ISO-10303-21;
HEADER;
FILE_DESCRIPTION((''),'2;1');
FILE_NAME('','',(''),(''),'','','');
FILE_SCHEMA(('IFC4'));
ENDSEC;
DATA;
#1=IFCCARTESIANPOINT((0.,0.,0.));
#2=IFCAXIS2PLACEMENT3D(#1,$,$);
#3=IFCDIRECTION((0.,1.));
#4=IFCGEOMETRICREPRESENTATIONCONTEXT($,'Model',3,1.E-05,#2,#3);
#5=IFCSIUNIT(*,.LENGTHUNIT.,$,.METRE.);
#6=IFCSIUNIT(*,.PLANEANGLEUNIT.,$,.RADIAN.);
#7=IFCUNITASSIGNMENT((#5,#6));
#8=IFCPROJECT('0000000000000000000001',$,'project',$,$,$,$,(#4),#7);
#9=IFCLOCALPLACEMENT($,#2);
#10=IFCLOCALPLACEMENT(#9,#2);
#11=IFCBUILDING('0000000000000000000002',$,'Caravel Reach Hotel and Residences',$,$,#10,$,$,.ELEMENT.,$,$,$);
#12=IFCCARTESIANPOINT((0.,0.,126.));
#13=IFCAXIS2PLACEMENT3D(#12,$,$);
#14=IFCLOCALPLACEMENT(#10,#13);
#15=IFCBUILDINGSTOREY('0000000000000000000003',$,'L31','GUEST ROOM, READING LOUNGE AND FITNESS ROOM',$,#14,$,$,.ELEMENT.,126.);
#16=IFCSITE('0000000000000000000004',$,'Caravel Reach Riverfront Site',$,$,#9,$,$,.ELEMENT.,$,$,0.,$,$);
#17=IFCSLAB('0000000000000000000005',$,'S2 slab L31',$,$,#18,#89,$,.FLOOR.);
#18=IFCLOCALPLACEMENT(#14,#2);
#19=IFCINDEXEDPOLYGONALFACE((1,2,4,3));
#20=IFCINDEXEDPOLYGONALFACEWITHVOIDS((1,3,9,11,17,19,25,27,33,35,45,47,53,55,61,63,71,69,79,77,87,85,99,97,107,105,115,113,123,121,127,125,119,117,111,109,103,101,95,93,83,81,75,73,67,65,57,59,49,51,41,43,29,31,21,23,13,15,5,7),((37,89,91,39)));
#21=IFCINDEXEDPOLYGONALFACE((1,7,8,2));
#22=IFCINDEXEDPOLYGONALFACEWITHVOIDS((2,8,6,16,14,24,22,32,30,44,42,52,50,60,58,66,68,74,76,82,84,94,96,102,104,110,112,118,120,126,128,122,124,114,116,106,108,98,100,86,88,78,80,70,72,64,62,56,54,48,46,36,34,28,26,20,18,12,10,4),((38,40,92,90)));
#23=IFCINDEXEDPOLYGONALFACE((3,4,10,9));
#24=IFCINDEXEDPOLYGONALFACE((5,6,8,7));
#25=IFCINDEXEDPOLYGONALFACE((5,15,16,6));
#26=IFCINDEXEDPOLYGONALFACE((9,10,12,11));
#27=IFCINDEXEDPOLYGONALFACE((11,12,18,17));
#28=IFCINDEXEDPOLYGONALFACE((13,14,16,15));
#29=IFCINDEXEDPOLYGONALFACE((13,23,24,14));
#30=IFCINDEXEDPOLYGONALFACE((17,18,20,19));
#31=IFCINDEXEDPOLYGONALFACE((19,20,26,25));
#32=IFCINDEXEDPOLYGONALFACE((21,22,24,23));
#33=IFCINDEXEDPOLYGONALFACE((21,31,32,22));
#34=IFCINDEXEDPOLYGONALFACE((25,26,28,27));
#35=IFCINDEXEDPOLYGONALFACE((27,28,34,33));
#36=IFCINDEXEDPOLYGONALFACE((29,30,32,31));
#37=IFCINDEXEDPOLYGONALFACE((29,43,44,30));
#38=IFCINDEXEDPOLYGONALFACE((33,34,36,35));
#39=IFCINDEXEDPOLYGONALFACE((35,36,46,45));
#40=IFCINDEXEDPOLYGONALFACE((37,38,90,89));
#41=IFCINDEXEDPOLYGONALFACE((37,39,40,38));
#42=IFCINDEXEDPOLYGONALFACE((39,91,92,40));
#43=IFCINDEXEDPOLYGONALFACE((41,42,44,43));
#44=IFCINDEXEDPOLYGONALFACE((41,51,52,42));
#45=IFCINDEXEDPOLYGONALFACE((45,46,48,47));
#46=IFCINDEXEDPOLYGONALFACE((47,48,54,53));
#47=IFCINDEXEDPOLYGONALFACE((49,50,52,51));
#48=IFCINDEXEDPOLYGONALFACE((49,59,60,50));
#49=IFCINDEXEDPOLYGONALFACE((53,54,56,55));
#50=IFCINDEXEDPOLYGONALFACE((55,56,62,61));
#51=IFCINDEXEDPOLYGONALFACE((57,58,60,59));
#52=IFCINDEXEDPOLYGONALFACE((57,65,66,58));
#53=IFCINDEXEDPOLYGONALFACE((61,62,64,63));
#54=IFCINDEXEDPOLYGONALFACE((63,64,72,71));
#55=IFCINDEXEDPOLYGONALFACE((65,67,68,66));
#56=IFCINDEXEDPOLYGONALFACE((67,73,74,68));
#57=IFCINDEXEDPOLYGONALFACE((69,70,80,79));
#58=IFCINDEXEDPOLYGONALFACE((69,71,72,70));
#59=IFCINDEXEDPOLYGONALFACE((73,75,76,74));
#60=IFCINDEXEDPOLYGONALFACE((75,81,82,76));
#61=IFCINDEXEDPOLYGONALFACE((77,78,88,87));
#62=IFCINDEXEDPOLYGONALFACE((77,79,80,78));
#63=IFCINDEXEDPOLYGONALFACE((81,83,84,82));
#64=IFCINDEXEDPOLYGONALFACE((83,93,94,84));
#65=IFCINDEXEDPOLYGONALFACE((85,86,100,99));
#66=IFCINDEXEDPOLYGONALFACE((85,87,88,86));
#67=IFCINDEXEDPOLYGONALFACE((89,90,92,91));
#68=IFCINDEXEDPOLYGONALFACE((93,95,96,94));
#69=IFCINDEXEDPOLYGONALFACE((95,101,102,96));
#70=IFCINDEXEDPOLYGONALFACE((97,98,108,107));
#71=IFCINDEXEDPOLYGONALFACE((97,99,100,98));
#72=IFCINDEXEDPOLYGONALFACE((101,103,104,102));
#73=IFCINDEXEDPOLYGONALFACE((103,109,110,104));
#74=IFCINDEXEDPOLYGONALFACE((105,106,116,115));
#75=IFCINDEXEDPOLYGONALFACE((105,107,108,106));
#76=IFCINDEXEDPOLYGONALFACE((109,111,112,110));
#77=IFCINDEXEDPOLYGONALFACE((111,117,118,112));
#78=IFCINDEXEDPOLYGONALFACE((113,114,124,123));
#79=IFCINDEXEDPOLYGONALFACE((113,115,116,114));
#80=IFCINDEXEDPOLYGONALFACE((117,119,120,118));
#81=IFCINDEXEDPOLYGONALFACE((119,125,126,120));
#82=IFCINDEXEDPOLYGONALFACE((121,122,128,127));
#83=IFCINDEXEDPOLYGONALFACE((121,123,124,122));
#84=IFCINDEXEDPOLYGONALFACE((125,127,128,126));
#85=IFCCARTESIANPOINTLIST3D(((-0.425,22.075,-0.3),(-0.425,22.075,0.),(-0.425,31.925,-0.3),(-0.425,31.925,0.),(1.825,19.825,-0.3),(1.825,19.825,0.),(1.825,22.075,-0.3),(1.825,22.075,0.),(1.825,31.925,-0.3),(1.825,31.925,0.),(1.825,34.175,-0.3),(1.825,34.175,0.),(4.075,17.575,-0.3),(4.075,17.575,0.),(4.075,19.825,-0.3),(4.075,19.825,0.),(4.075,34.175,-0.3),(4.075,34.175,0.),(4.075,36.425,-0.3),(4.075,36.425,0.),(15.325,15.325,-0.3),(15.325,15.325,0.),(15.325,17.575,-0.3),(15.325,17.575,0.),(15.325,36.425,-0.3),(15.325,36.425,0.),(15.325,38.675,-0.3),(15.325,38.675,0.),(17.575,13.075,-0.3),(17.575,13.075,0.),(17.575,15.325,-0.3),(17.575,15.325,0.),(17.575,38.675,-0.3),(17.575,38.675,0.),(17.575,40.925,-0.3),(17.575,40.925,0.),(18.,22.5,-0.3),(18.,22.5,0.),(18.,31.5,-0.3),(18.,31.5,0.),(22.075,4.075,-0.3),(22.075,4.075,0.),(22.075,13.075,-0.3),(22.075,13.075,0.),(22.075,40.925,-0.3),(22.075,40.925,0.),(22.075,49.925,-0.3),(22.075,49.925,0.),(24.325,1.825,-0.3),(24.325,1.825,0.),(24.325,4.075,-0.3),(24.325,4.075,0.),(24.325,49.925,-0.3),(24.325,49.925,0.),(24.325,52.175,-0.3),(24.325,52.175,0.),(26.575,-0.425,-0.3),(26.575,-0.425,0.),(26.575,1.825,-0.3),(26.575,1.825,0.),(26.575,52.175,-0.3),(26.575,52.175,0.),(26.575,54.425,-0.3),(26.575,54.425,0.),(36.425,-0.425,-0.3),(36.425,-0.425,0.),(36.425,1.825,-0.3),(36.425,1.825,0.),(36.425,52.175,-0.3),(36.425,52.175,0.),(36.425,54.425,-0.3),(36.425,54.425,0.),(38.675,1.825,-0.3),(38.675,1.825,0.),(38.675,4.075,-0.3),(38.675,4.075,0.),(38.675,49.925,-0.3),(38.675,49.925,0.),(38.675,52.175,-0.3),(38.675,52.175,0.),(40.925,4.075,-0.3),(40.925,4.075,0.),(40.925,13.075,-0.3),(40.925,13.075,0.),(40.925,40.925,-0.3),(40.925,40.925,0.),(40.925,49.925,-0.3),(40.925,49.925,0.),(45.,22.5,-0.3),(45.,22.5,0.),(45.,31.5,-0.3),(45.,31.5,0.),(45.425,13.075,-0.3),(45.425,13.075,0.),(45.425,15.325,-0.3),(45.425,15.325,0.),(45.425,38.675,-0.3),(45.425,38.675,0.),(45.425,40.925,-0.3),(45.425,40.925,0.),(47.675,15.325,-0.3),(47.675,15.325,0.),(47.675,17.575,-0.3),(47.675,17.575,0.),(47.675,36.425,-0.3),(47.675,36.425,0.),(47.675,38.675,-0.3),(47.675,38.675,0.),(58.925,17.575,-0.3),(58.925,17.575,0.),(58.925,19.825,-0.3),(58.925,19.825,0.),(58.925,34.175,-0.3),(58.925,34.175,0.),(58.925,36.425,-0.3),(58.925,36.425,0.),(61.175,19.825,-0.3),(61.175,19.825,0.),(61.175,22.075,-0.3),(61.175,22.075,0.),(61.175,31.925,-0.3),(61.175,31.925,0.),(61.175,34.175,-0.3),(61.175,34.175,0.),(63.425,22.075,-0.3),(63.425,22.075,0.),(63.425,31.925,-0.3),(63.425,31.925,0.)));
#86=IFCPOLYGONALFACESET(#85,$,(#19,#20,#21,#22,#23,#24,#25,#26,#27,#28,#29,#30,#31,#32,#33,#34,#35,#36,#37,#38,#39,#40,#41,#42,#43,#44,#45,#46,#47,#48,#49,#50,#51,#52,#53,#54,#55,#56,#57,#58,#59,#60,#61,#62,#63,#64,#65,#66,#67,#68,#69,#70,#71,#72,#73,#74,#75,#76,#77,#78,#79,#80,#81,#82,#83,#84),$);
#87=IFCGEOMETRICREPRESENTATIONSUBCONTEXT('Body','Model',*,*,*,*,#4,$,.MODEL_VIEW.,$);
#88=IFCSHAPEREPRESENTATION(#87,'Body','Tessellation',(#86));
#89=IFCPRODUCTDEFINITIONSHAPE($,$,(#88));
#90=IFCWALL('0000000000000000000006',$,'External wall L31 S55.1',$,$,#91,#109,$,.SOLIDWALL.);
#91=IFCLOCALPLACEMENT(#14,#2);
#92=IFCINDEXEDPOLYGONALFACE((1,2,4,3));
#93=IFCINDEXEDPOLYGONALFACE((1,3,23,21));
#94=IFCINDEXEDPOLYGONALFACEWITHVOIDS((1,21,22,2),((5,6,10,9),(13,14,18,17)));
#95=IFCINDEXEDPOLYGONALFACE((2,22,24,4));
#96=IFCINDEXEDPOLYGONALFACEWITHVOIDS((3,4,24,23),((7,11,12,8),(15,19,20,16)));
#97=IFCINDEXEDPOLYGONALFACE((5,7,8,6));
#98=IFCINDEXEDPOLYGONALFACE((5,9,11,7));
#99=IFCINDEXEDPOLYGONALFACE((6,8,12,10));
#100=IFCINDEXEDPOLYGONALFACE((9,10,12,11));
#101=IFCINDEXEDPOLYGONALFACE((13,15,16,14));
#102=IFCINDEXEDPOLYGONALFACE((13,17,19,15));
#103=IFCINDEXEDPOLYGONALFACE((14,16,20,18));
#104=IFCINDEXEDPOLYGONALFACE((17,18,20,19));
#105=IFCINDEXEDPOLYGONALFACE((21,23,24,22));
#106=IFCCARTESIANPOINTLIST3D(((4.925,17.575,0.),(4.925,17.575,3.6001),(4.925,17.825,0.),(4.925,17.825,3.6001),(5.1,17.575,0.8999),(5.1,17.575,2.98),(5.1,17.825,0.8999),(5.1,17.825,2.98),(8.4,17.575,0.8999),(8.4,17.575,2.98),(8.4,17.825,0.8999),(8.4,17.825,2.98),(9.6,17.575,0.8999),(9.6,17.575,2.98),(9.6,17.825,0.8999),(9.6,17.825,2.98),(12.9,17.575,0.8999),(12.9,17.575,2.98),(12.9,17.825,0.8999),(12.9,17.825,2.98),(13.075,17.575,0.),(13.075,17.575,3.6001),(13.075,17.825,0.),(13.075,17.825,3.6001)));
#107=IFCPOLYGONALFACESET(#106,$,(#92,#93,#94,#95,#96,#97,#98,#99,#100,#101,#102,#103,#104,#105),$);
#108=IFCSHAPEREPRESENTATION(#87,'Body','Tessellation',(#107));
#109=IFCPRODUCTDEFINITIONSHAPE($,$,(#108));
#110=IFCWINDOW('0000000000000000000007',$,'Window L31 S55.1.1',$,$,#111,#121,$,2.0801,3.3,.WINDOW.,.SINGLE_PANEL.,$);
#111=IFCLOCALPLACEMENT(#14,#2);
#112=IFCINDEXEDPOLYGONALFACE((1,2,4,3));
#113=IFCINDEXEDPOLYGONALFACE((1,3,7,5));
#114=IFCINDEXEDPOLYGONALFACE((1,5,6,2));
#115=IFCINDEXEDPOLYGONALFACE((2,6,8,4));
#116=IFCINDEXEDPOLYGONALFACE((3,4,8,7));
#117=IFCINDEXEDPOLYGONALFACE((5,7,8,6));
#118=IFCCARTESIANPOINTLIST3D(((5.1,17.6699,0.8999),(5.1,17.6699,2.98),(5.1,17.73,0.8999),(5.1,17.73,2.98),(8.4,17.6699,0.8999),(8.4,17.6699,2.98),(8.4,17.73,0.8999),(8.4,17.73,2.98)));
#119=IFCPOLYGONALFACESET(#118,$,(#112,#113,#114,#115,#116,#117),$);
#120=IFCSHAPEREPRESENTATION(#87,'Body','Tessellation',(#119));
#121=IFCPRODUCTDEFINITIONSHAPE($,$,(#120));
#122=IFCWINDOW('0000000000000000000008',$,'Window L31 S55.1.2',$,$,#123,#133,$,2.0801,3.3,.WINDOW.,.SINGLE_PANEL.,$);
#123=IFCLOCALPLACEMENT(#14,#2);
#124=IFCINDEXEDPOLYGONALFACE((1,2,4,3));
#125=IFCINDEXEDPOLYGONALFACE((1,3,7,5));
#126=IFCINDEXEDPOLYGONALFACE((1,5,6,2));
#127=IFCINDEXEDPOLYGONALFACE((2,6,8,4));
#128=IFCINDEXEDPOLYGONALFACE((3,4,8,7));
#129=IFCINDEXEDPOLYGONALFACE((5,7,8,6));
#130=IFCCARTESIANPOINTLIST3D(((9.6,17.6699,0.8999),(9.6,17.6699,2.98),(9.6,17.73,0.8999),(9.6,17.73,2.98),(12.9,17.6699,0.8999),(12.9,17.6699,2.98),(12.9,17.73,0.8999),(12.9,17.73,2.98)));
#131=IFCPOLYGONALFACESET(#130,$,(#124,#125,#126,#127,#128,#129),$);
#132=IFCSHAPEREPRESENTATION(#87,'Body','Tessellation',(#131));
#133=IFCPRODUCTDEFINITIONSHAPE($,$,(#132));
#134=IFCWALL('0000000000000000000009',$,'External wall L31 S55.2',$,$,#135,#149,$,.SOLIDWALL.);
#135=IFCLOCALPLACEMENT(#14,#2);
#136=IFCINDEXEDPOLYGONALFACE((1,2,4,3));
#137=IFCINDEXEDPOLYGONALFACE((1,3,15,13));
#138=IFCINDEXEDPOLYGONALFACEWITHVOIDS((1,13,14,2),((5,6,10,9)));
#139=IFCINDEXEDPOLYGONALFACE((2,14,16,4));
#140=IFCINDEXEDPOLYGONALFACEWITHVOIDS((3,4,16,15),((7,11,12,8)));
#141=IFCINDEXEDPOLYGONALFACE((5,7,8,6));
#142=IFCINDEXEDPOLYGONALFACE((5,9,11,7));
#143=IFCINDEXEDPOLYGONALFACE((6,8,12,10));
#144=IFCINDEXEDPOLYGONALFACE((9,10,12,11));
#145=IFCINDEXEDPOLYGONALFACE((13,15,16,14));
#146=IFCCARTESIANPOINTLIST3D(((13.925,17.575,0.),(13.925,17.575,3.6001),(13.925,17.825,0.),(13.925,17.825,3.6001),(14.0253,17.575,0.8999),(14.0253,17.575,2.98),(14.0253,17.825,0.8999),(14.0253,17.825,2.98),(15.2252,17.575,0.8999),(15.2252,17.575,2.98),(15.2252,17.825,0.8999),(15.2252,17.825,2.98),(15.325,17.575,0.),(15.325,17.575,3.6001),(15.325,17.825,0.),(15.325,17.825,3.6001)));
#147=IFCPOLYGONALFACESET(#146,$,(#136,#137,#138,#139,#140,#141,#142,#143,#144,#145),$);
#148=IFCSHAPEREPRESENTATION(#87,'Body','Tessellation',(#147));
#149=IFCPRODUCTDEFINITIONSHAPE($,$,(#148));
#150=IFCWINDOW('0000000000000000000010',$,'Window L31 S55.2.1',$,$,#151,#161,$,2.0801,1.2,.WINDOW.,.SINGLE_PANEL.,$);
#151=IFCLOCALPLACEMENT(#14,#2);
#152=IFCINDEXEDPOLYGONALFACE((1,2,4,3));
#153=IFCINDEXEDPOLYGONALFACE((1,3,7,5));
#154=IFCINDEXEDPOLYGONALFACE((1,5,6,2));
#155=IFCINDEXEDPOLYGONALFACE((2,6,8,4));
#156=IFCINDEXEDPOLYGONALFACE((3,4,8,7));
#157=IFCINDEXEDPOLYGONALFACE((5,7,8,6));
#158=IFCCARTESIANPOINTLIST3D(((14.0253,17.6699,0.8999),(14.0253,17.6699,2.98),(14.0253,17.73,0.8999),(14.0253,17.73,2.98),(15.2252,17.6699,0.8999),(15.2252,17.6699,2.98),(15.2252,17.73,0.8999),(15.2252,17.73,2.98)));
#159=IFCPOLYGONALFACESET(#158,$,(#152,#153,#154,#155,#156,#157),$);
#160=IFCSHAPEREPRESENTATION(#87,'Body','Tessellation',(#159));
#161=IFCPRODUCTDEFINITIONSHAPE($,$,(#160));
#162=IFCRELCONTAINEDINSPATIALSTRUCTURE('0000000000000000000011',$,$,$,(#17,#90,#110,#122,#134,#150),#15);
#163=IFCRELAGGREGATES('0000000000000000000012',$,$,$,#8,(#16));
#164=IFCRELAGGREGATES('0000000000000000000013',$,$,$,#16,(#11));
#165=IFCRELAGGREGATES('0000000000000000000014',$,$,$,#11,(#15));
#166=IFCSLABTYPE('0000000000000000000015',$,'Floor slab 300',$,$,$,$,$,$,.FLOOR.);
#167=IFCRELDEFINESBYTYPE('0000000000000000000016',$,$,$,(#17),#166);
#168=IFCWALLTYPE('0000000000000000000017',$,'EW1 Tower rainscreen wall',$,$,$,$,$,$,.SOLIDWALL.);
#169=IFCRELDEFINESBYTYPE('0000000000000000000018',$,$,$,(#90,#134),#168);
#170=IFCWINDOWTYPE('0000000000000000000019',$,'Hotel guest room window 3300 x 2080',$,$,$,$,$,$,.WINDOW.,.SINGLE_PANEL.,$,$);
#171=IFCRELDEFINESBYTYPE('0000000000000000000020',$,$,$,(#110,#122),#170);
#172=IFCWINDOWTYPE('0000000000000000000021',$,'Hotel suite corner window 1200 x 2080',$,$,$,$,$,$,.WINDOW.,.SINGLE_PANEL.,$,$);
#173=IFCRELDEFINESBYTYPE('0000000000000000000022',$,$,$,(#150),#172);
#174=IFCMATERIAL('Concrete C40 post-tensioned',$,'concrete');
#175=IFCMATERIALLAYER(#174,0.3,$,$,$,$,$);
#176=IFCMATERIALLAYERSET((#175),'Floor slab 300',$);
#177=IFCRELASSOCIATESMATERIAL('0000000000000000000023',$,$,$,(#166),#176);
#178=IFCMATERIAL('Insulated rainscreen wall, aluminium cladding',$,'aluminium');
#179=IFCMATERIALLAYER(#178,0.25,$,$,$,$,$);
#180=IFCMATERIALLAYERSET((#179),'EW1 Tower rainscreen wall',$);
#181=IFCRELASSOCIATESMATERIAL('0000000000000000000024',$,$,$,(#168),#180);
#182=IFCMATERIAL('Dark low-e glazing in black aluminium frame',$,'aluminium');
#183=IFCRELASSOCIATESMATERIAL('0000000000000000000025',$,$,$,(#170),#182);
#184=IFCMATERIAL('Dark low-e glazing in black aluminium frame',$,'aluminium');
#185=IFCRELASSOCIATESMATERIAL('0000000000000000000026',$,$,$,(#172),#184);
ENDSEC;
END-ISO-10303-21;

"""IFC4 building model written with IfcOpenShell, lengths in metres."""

from ifc_helpers import new_model, si_unit, direction, frame, frame_2d, origin, place, context, subcontext, project, spatial, polyline, rectangle, outline, extrude, material, layer, layer_set, type_object, element, fill, save


model = new_model("IFC4")

# Units and contexts
model_context = context("Model", 3, precision=1e-05, world=origin(), true_north=direction((0.0, 1.0)))
body_context = subcontext(model_context, "Body", "Model", "MODEL_VIEW")
ifc_project = project(units=[si_unit("LENGTHUNIT", "METRE"), si_unit("PLANEANGLEUNIT", "RADIAN")], contexts=[model_context])

# Site, building, storey
site_placement = place(None, origin())
site = spatial("IfcSite", under=ifc_project, at=site_placement, Name="Caravel Reach Riverfront Site", CompositionType="ELEMENT", RefElevation=0.0)
building_placement = place(site_placement, origin())
building = spatial("IfcBuilding", under=site, at=building_placement, Name="Caravel Reach Hotel and Residences", CompositionType="ELEMENT")
storey_placement = place(building_placement, frame((0.0, 0.0, 126.0)))
storey = spatial("IfcBuildingStorey", under=building, at=storey_placement, Name="L31", Description="GUEST ROOM, READING LOUNGE AND FITNESS ROOM", CompositionType="ELEMENT", Elevation=126.0)

# Slab
ifc_material_1 = material(Name="Concrete C40 post-tensioned", Category="concrete")
ifc_layer_1 = layer(ifc_material_1, 0.3)
ifc_layer_set_1 = layer_set([ifc_layer_1], Name="Floor slab 300")
slab_type_1 = type_object("IfcSlabType", Name="Floor slab 300", PredefinedType="FLOOR", material=ifc_layer_set_1)
slab_1_placement = place(storey_placement, frame((0.0, 0.0, -0.3)))
element("IfcSlab", 1, at=slab_1_placement, inside=storey, type_object=slab_type_1, Name="S2 slab L31", PredefinedType="FLOOR", context=body_context, shape_type="SweptSolid", body=[
    extrude(outline(polyline([(17.575, 13.075), (17.575, 15.325), (15.325, 15.325), (15.325, 17.575), (4.075, 17.575), (4.075, 19.825), (1.825, 19.825), (1.825, 22.075), (-0.425, 22.075), (-0.425, 31.925), (1.825, 31.925), (1.825, 34.175), (4.075, 34.175), (4.075, 36.425), (15.325, 36.425), (15.325, 38.675), (17.575, 38.675), (17.575, 40.925), (22.075, 40.925), (22.075, 49.925), (24.325, 49.925), (24.325, 52.175), (26.575, 52.175), (26.575, 54.425), (36.425, 54.425), (36.425, 52.175), (38.675, 52.175), (38.675, 49.925), (40.925, 49.925), (40.925, 40.925), (45.425, 40.925), (45.425, 38.675), (47.675, 38.675), (47.675, 36.425), (58.925, 36.425), (58.925, 34.175), (61.175, 34.175), (61.175, 31.925), (63.425, 31.925), (63.425, 22.075), (61.175, 22.075), (61.175, 19.825), (58.925, 19.825), (58.925, 17.575), (47.675, 17.575), (47.675, 15.325), (45.425, 15.325), (45.425, 13.075), (40.925, 13.075), (40.925, 4.075), (38.675, 4.075), (38.675, 1.825), (36.425, 1.825), (36.425, -0.425), (26.575, -0.425), (26.575, 1.825), (24.325, 1.825), (24.325, 4.075), (22.075, 4.075), (22.075, 13.075), (17.575, 13.075)]), holes=[polyline([(45.0, 31.5), (18.0, 31.5), (18.0, 22.5), (45.0, 22.5), (45.0, 31.5)])]), origin(), (0.0, 0.0, 1.0), 0.3),
])

# Wall, openings, windows
ifc_material_2 = material(Name="Insulated rainscreen wall, aluminium cladding", Category="aluminium")
ifc_layer_2 = layer(ifc_material_2, 0.25)
ifc_layer_set_2 = layer_set([ifc_layer_2], Name="EW1 Tower rainscreen wall")
wall_type_1 = type_object("IfcWallType", Name="EW1 Tower rainscreen wall", PredefinedType="SOLIDWALL", material=ifc_layer_set_2)
wall_1_placement = place(storey_placement, frame((4.925, 17.7, 0.0), z_axis=(0.0, 0.0, 1.0), x_axis=(1.0, 0.0, 0.0)))
wall_1 = element("IfcWall", 2, at=wall_1_placement, inside=storey, type_object=wall_type_1, Name="External wall L31 S55.1", PredefinedType="SOLIDWALL", context=body_context, shape_type="SweptSolid", body=[
    extrude(rectangle(XDim=8.1499, YDim=0.25, at=frame_2d((4.075, 0.0))), origin(), (0.0, 0.0, 1.0), 3.6001),
])
opening_1_placement = place(wall_1_placement, frame((0.175, 0.0, 0.8999)))
opening_1 = element("IfcOpeningElement", 3, at=opening_1_placement, cuts=wall_1, PredefinedType="OPENING", context=body_context, shape_type="SweptSolid", body=[
    extrude(rectangle(XDim=3.3, YDim=2.0801, at=frame_2d((1.6499, 1.04))), frame((0.0, 0.135, 0.0), z_axis=(0.0, -1.0, 0.0), x_axis=(1.0, 0.0, 0.0)), (0.0, 0.0, 1.0), 0.27),
])
opening_2_placement = place(wall_1_placement, frame((4.675, 0.0, 0.8999)))
opening_2 = element("IfcOpeningElement", 4, at=opening_2_placement, cuts=wall_1, PredefinedType="OPENING", context=body_context, shape_type="SweptSolid", body=[
    extrude(rectangle(XDim=3.3, YDim=2.0801, at=frame_2d((1.6499, 1.04))), frame((0.0, 0.135, 0.0), z_axis=(0.0, -1.0, 0.0), x_axis=(1.0, 0.0, 0.0)), (0.0, 0.0, 1.0), 0.27),
])
ifc_material_3 = material(Name="Dark low-e glazing in black aluminium frame", Category="aluminium")
window_type_1 = type_object("IfcWindowType", Name="Hotel guest room window 3300 x 2080", PartitioningType="SINGLE_PANEL", PredefinedType="WINDOW", material=ifc_material_3)
window_1_placement = place(opening_1_placement, origin())
window_1 = element("IfcWindow", 5, at=window_1_placement, inside=storey, type_object=window_type_1, Name="Window L31 S55.1.1", OverallHeight=2.0801, OverallWidth=3.3, PartitioningType="SINGLE_PANEL", PredefinedType="WINDOW", context=body_context, shape_type="SweptSolid", body=[
    extrude(rectangle(XDim=3.3, YDim=2.0801, at=frame_2d((1.6499, 1.04))), frame((0.0, 0.03, 0.0), z_axis=(0.0, -1.0, 0.0), x_axis=(1.0, 0.0, 0.0)), (0.0, 0.0, 1.0), 0.0601),
])
fill(opening_1, window_1)
window_2_placement = place(opening_2_placement, origin())
window_2 = element("IfcWindow", 6, at=window_2_placement, inside=storey, type_object=window_type_1, Name="Window L31 S55.1.2", OverallHeight=2.0801, OverallWidth=3.3, PartitioningType="SINGLE_PANEL", PredefinedType="WINDOW", context=body_context, shape_type="SweptSolid", body=[
    extrude(rectangle(XDim=3.3, YDim=2.0801, at=frame_2d((1.6499, 1.04))), frame((0.0, 0.03, 0.0), z_axis=(0.0, -1.0, 0.0), x_axis=(1.0, 0.0, 0.0)), (0.0, 0.0, 1.0), 0.0601),
])
fill(opening_2, window_2)

# Wall, opening, window
wall_2_placement = place(storey_placement, frame((13.925, 17.7, 0.0), z_axis=(0.0, 0.0, 1.0), x_axis=(1.0, 0.0, 0.0)))
wall_2 = element("IfcWall", 7, at=wall_2_placement, inside=storey, type_object=wall_type_1, Name="External wall L31 S55.2", PredefinedType="SOLIDWALL", context=body_context, shape_type="SweptSolid", body=[
    extrude(rectangle(XDim=1.3999, YDim=0.25, at=frame_2d((0.7, 0.0))), origin(), (0.0, 0.0, 1.0), 3.6001),
])
opening_3_placement = place(wall_2_placement, frame((0.1001, 0.0, 0.8999)))
opening_3 = element("IfcOpeningElement", 8, at=opening_3_placement, cuts=wall_2, PredefinedType="OPENING", context=body_context, shape_type="SweptSolid", body=[
    extrude(rectangle(XDim=1.2, YDim=2.0801, at=frame_2d((0.6001, 1.04))), frame((0.0, 0.135, 0.0), z_axis=(0.0, -1.0, 0.0), x_axis=(1.0, 0.0, 0.0)), (0.0, 0.0, 1.0), 0.27),
])
ifc_material_4 = material(Name="Dark low-e glazing in black aluminium frame", Category="aluminium")
window_type_2 = type_object("IfcWindowType", Name="Hotel suite corner window 1200 x 2080", PartitioningType="SINGLE_PANEL", PredefinedType="WINDOW", material=ifc_material_4)
window_3_placement = place(opening_3_placement, origin())
window_3 = element("IfcWindow", 9, at=window_3_placement, inside=storey, type_object=window_type_2, Name="Window L31 S55.2.1", OverallHeight=2.0801, OverallWidth=1.2, PartitioningType="SINGLE_PANEL", PredefinedType="WINDOW", context=body_context, shape_type="SweptSolid", body=[
    extrude(rectangle(XDim=1.2, YDim=2.0801, at=frame_2d((0.6001, 1.04))), frame((0.0, 0.03, 0.0), z_axis=(0.0, -1.0, 0.0), x_axis=(1.0, 0.0, 0.0)), (0.0, 0.0, 1.0), 0.0601),
])
fill(opening_3, window_3)

save(model, "model.ifc")
